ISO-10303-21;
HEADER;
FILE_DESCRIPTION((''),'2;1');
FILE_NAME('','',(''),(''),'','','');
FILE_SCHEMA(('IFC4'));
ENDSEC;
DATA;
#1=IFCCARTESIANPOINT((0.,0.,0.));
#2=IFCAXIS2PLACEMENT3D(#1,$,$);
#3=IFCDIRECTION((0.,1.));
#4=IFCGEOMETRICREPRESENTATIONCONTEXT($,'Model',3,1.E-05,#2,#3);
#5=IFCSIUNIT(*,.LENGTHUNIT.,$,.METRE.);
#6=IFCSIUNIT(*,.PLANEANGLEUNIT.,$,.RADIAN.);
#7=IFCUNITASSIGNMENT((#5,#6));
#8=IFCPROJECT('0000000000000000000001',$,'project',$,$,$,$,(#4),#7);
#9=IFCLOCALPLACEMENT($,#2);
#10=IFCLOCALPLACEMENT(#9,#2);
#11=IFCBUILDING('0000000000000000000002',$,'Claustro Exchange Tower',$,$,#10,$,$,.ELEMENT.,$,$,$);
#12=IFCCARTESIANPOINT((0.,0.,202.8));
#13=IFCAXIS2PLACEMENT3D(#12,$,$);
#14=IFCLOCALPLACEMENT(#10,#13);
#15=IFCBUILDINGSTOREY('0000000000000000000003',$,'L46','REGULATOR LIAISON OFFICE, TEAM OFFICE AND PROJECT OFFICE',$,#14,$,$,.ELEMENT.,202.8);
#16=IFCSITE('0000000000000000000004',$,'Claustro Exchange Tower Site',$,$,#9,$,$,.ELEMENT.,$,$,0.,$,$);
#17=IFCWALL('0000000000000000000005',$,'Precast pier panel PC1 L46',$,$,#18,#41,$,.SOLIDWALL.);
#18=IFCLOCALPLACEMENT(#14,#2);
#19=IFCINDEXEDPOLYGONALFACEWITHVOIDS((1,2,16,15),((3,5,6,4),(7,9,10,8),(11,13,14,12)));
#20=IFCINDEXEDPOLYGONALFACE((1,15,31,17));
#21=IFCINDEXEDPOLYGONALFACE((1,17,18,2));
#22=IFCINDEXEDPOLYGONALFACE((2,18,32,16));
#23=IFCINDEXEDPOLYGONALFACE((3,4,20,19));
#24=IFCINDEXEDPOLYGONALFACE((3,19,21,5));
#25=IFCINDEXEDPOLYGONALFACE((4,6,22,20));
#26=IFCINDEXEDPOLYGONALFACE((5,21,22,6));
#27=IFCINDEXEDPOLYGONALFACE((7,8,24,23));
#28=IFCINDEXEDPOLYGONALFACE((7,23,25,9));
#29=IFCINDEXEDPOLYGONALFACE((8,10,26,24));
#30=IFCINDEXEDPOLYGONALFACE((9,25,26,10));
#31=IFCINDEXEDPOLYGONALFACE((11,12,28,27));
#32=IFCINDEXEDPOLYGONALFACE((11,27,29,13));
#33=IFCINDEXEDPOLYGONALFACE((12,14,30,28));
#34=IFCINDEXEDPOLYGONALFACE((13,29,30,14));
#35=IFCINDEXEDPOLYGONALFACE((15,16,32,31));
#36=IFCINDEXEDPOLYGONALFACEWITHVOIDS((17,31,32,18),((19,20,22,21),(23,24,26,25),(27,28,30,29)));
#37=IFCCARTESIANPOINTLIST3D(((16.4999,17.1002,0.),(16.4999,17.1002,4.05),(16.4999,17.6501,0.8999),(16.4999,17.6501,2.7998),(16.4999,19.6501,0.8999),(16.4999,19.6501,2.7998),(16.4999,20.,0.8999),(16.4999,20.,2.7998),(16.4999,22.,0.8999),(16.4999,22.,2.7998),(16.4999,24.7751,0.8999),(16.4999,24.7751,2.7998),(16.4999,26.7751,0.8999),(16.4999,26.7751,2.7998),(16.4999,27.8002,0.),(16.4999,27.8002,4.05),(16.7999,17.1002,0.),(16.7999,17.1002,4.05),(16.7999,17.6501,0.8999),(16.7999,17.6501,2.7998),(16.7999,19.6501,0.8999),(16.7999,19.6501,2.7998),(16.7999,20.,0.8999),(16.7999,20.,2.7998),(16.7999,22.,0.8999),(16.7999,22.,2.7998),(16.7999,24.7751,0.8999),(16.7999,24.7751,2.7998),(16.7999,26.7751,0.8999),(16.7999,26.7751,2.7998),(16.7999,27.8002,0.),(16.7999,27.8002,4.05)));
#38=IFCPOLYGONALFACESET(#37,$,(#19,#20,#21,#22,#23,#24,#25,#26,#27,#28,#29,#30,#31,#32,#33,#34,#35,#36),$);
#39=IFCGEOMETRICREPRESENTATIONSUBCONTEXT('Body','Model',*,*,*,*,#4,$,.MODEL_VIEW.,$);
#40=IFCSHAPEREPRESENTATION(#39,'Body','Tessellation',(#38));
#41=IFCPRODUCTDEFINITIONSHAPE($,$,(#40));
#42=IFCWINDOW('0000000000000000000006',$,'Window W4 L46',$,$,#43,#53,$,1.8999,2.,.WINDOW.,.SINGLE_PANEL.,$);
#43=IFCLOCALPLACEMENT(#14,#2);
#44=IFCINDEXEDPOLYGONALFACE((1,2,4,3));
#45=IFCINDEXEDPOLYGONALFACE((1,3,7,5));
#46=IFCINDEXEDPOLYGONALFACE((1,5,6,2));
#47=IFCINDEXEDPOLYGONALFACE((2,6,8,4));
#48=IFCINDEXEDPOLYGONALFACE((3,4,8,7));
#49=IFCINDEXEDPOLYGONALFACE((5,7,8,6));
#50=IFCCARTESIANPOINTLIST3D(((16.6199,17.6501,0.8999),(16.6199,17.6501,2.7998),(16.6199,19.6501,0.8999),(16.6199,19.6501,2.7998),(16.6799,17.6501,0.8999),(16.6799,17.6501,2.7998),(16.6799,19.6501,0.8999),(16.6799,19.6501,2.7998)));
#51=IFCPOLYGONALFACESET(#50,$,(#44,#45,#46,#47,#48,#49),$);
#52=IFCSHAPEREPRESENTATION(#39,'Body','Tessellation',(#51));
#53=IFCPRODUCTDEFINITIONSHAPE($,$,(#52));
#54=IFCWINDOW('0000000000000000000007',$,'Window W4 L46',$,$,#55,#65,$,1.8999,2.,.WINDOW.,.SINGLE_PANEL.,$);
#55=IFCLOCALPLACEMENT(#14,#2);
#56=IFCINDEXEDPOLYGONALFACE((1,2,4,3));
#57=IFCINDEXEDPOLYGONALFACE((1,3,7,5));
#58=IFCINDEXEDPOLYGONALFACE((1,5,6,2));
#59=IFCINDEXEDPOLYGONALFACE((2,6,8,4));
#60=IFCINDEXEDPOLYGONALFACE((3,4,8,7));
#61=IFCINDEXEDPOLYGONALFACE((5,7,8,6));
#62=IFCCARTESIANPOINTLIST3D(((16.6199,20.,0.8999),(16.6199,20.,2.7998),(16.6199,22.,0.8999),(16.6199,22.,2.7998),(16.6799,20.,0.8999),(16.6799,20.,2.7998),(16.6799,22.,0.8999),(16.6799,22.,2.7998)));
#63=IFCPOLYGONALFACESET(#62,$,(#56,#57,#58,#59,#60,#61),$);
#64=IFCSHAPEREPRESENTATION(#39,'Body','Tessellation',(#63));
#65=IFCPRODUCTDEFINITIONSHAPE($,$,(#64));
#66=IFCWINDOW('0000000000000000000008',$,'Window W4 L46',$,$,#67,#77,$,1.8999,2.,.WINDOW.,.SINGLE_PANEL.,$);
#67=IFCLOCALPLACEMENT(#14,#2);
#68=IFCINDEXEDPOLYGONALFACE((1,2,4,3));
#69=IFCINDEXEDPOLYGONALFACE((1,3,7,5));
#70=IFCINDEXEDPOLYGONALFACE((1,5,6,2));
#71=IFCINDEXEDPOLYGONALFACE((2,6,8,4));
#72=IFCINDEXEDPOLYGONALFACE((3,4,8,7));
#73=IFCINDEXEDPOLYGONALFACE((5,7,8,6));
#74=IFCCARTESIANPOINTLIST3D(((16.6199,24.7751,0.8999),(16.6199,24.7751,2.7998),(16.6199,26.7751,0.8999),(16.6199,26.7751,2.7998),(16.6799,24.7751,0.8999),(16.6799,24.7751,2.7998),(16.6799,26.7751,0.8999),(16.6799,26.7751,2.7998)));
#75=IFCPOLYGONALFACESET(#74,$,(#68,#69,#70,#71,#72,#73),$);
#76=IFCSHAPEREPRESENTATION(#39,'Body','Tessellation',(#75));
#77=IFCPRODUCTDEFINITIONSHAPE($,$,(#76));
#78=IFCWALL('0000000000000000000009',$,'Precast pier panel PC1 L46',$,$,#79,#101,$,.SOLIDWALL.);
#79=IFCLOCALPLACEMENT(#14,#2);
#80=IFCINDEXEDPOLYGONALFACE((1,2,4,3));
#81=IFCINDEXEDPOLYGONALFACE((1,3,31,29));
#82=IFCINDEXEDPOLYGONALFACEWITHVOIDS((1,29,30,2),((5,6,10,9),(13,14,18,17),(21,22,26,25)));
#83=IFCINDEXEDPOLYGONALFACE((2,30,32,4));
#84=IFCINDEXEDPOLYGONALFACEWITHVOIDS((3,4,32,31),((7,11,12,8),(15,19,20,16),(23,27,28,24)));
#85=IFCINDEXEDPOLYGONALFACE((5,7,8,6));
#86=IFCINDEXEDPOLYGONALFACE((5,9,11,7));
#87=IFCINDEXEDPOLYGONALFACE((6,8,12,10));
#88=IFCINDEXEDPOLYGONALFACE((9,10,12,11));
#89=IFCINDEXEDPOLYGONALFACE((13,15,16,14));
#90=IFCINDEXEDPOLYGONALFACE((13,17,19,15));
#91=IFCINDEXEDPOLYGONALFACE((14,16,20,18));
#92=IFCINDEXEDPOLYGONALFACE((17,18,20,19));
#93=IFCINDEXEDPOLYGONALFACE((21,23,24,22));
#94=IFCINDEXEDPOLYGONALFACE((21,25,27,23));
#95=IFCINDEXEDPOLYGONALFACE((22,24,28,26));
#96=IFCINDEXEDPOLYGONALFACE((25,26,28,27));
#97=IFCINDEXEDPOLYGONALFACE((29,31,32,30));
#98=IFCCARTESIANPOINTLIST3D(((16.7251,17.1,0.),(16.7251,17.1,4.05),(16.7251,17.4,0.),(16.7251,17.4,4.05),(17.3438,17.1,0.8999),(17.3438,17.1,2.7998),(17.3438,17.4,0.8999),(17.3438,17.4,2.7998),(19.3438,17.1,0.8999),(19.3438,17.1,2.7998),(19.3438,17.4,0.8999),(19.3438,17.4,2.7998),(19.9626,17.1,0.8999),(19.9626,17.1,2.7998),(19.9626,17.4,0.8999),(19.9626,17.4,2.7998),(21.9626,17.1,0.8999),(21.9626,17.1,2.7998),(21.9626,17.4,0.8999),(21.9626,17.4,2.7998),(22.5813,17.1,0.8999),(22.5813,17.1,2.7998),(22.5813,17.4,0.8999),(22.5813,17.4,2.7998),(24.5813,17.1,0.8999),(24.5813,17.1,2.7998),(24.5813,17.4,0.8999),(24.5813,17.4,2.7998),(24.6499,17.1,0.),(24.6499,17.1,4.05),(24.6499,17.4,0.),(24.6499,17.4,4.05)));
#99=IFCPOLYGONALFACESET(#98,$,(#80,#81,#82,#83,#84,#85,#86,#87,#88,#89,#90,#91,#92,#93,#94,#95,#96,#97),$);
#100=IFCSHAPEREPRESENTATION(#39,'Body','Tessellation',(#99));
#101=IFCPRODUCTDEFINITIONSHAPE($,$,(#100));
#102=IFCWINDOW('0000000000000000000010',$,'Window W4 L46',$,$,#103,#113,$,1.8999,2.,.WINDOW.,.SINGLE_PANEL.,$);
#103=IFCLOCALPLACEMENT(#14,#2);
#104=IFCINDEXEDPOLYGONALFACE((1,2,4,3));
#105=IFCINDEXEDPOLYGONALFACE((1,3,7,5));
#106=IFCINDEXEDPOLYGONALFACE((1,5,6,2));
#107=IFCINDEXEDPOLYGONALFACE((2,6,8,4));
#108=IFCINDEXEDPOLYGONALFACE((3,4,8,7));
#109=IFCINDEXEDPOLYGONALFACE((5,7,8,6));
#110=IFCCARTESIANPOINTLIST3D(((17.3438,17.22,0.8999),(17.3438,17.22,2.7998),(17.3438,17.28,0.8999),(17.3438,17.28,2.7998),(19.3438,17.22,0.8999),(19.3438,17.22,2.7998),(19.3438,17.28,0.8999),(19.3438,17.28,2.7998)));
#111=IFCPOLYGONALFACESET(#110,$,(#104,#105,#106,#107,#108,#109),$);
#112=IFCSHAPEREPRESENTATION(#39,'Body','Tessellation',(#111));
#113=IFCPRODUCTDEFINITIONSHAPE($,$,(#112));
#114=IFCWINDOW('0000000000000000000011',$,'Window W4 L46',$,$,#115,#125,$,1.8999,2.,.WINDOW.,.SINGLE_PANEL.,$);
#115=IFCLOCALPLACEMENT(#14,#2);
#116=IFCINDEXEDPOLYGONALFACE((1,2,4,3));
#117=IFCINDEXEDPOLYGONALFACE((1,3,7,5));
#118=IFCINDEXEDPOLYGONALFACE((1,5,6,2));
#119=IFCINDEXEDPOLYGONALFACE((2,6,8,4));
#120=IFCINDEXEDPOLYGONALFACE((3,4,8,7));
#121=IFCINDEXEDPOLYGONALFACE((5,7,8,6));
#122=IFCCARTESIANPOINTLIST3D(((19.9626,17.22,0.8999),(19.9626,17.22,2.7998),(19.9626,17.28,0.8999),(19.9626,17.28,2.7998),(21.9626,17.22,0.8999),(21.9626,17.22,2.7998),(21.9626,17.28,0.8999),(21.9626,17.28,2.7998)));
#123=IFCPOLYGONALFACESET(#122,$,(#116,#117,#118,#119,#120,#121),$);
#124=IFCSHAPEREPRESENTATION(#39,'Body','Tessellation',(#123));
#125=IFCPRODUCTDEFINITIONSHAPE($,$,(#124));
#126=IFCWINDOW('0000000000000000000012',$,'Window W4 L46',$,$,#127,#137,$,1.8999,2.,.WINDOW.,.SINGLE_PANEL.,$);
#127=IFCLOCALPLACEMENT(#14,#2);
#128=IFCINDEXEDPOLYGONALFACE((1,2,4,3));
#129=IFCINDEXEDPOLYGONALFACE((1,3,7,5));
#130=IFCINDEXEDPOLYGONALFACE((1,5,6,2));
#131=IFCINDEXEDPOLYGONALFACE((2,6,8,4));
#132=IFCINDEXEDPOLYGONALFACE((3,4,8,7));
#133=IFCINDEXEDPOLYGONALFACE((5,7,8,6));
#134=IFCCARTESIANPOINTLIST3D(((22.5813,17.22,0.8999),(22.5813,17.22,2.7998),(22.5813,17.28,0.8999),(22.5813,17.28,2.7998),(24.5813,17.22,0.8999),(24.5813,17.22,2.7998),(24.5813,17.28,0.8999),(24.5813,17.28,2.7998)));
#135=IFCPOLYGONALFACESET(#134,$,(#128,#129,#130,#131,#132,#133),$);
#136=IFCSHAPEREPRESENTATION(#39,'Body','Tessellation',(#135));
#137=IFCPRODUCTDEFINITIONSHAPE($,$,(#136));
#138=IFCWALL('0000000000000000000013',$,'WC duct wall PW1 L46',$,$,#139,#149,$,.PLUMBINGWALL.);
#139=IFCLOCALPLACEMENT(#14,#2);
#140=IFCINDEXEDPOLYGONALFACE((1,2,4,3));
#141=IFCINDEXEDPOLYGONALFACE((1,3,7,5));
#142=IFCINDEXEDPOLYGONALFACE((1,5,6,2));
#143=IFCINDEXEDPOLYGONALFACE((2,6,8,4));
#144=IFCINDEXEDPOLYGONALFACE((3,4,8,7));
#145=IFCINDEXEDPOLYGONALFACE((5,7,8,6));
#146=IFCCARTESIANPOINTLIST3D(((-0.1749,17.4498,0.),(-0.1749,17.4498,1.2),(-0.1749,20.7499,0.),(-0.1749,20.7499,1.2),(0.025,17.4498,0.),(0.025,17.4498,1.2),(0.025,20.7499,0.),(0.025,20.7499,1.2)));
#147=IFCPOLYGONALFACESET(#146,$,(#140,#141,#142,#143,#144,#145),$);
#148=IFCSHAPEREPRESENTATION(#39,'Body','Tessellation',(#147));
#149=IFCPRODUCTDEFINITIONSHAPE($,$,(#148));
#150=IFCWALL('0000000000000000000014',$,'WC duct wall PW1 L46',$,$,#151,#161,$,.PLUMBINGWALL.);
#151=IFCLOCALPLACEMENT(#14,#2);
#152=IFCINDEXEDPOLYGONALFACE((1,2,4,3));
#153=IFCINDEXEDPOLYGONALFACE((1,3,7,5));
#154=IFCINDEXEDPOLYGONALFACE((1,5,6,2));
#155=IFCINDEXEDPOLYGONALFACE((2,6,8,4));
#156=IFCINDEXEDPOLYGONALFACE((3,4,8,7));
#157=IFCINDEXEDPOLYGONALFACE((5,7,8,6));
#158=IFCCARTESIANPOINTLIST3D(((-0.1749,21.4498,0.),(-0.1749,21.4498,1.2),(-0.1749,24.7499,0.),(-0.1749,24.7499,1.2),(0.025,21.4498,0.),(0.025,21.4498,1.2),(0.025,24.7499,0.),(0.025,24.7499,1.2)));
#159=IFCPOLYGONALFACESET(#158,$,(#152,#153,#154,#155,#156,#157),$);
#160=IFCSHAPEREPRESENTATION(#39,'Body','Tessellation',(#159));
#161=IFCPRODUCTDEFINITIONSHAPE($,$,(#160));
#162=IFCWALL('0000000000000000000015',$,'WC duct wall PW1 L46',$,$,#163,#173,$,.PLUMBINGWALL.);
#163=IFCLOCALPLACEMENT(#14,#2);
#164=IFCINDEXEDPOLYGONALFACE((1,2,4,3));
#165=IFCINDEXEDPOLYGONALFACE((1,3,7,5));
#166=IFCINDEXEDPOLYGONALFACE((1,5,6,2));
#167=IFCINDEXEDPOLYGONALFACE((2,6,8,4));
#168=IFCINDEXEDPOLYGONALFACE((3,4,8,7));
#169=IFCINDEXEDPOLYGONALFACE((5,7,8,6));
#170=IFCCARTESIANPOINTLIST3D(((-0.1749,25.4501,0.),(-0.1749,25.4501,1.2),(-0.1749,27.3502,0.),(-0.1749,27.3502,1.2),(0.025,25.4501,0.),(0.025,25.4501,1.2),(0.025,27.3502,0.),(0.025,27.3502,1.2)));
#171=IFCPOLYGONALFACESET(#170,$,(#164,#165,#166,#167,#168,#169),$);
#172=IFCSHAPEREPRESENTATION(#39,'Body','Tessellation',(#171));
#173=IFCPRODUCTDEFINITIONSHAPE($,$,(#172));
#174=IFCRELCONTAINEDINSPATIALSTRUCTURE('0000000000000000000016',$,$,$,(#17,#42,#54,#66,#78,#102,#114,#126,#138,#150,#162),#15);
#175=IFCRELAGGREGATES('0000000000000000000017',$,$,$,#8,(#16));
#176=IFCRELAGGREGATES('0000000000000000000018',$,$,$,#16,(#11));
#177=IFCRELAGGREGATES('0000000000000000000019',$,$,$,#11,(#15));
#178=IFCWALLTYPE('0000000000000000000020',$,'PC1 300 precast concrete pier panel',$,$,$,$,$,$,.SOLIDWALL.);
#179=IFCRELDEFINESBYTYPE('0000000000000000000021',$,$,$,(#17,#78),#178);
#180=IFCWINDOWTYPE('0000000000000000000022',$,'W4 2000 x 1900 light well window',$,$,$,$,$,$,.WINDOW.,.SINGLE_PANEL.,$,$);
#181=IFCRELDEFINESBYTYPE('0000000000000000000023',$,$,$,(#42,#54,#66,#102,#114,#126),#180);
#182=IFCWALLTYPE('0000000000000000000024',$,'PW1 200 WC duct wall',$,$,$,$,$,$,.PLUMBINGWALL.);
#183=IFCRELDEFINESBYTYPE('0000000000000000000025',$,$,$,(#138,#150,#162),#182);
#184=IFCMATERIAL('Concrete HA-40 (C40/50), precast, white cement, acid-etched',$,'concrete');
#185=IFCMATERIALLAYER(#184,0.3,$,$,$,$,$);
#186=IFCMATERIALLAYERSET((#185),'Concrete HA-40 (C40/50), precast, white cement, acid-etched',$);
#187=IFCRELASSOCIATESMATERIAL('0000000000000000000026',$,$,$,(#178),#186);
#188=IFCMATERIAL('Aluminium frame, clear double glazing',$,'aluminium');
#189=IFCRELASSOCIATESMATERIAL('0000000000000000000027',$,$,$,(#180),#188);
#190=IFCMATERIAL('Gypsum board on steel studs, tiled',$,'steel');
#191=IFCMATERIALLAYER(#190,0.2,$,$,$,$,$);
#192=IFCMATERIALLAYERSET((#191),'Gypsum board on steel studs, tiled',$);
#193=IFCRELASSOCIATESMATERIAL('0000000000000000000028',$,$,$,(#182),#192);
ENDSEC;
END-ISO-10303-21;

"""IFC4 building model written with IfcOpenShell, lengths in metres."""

from ifc_helpers import new_model, si_unit, direction, frame, frame_2d, origin, place, context, subcontext, project, spatial, rectangle, extrude, material, layer, layer_set, type_object, element, fill, save


model = new_model("IFC4")

# Units and contexts
model_context = context("Model", 3, precision=1e-05, world=origin(), true_north=direction((0.0, 1.0)))
body_context = subcontext(model_context, "Body", "Model", "MODEL_VIEW")
ifc_project = project(units=[si_unit("LENGTHUNIT", "METRE"), si_unit("PLANEANGLEUNIT", "RADIAN")], contexts=[model_context])

# Site, building, storey
site_placement = place(None, origin())
site = spatial("IfcSite", under=ifc_project, at=site_placement, Name="Claustro Exchange Tower Site", CompositionType="ELEMENT", RefElevation=0.0)
building_placement = place(site_placement, origin())
building = spatial("IfcBuilding", under=site, at=building_placement, Name="Claustro Exchange Tower", CompositionType="ELEMENT")
storey_placement = place(building_placement, frame((0.0, 0.0, 202.8)))
storey = spatial("IfcBuildingStorey", under=building, at=storey_placement, Name="L46", Description="REGULATOR LIAISON OFFICE, TEAM OFFICE AND PROJECT OFFICE", CompositionType="ELEMENT", Elevation=202.8)

# Walls, openings, windows
ifc_material_1 = material(Name="Concrete HA-40 (C40/50), precast, white cement, acid-etched", Category="concrete")
ifc_layer_1 = layer(ifc_material_1, 0.3)
ifc_layer_set_1 = layer_set([ifc_layer_1], Name="Concrete HA-40 (C40/50), precast, white cement, acid-etched")
wall_type_1 = type_object("IfcWallType", Name="PC1 300 precast concrete pier panel", PredefinedType="SOLIDWALL", material=ifc_layer_set_1)
wall_1_placement = place(storey_placement, frame((16.6499, 17.1001, 0.0), z_axis=(0.0, 0.0, 1.0), x_axis=(0.0, 1.0, 0.0)))
wall_1 = element("IfcWall", 1, at=wall_1_placement, inside=storey, type_object=wall_type_1, Name="Precast pier panel PC1 L46", PredefinedType="SOLIDWALL", context=body_context, shape_type="SweptSolid", body=[
    extrude(rectangle(XDim=10.7, YDim=0.3, at=frame_2d((5.3501, 0.0))), origin(), (0.0, 0.0, 1.0), 4.05),
])
opening_1_placement = place(wall_1_placement, frame((0.55, 0.0, 0.8999)))
opening_1 = element("IfcOpeningElement", 2, at=opening_1_placement, cuts=wall_1, PredefinedType="OPENING", context=body_context, shape_type="SweptSolid", body=[
    extrude(rectangle(XDim=2.0, YDim=1.8999, at=frame_2d((1.0, 0.95))), frame((0.0, 0.1599, 0.0), z_axis=(0.0, -1.0, 0.0), x_axis=(1.0, 0.0, 0.0)), (0.0, 0.0, 1.0), 0.3201),
])
opening_2_placement = place(wall_1_placement, frame((2.8999, 0.0, 0.8999)))
opening_2 = element("IfcOpeningElement", 3, at=opening_2_placement, cuts=wall_1, PredefinedType="OPENING", context=body_context, shape_type="SweptSolid", body=[
    extrude(rectangle(XDim=2.0, YDim=1.8999, at=frame_2d((1.0, 0.95))), frame((0.0, 0.1599, 0.0), z_axis=(0.0, -1.0, 0.0), x_axis=(1.0, 0.0, 0.0)), (0.0, 0.0, 1.0), 0.3201),
])
opening_3_placement = place(wall_1_placement, frame((7.675, 0.0, 0.8999)))
opening_3 = element("IfcOpeningElement", 4, at=opening_3_placement, cuts=wall_1, PredefinedType="OPENING", context=body_context, shape_type="SweptSolid", body=[
    extrude(rectangle(XDim=2.0, YDim=1.8999, at=frame_2d((1.0, 0.95))), frame((0.0, 0.1599, 0.0), z_axis=(0.0, -1.0, 0.0), x_axis=(1.0, 0.0, 0.0)), (0.0, 0.0, 1.0), 0.3201),
])
ifc_material_2 = material(Name="Aluminium frame, clear double glazing", Category="aluminium")
window_type = type_object("IfcWindowType", Name="W4 2000 x 1900 light well window", PartitioningType="SINGLE_PANEL", PredefinedType="WINDOW", material=ifc_material_2)
window_1_placement = place(opening_1_placement, origin())
window_1 = element("IfcWindow", 5, at=window_1_placement, inside=storey, type_object=window_type, Name="Window W4 L46", OverallHeight=1.8999, OverallWidth=2.0, PartitioningType="SINGLE_PANEL", PredefinedType="WINDOW", context=body_context, shape_type="SweptSolid", body=[
    extrude(rectangle(XDim=2.0, YDim=1.8999, at=frame_2d((1.0, 0.95))), frame((0.0, 0.03, 0.0), z_axis=(0.0, -1.0, 0.0), x_axis=(1.0, 0.0, 0.0)), (0.0, 0.0, 1.0), 0.0601),
])
fill(opening_1, window_1)
window_2_placement = place(opening_2_placement, origin())
window_2 = element("IfcWindow", 6, at=window_2_placement, inside=storey, type_object=window_type, Name="Window W4 L46", OverallHeight=1.8999, OverallWidth=2.0, PartitioningType="SINGLE_PANEL", PredefinedType="WINDOW", context=body_context, shape_type="SweptSolid", body=[
    extrude(rectangle(XDim=2.0, YDim=1.8999, at=frame_2d((1.0, 0.95))), frame((0.0, 0.03, 0.0), z_axis=(0.0, -1.0, 0.0), x_axis=(1.0, 0.0, 0.0)), (0.0, 0.0, 1.0), 0.0601),
])
fill(opening_2, window_2)
window_3_placement = place(opening_3_placement, origin())
window_3 = element("IfcWindow", 7, at=window_3_placement, inside=storey, type_object=window_type, Name="Window W4 L46", OverallHeight=1.8999, OverallWidth=2.0, PartitioningType="SINGLE_PANEL", PredefinedType="WINDOW", context=body_context, shape_type="SweptSolid", body=[
    extrude(rectangle(XDim=2.0, YDim=1.8999, at=frame_2d((1.0, 0.95))), frame((0.0, 0.03, 0.0), z_axis=(0.0, -1.0, 0.0), x_axis=(1.0, 0.0, 0.0)), (0.0, 0.0, 1.0), 0.0601),
])
fill(opening_3, window_3)
wall_2_placement = place(storey_placement, frame((16.7251, 17.25, 0.0), z_axis=(0.0, 0.0, 1.0), x_axis=(1.0, 0.0, 0.0)))
wall_2 = element("IfcWall", 8, at=wall_2_placement, inside=storey, type_object=wall_type_1, Name="Precast pier panel PC1 L46", PredefinedType="SOLIDWALL", context=body_context, shape_type="SweptSolid", body=[
    extrude(rectangle(XDim=7.9248, YDim=0.3, at=frame_2d((3.9624, 0.0))), origin(), (0.0, 0.0, 1.0), 4.05),
])
opening_4_placement = place(wall_2_placement, frame((0.6187, 0.0, 0.8999)))
opening_4 = element("IfcOpeningElement", 9, at=opening_4_placement, cuts=wall_2, PredefinedType="OPENING", context=body_context, shape_type="SweptSolid", body=[
    extrude(rectangle(XDim=2.0, YDim=1.8999, at=frame_2d((1.0, 0.95))), frame((0.0, 0.1599, 0.0), z_axis=(0.0, -1.0, 0.0), x_axis=(1.0, 0.0, 0.0)), (0.0, 0.0, 1.0), 0.3201),
])
opening_5_placement = place(wall_2_placement, frame((3.2375, 0.0, 0.8999)))
opening_5 = element("IfcOpeningElement", 10, at=opening_5_placement, cuts=wall_2, PredefinedType="OPENING", context=body_context, shape_type="SweptSolid", body=[
    extrude(rectangle(XDim=2.0, YDim=1.8999, at=frame_2d((1.0, 0.95))), frame((0.0, 0.1599, 0.0), z_axis=(0.0, -1.0, 0.0), x_axis=(1.0, 0.0, 0.0)), (0.0, 0.0, 1.0), 0.3201),
])
opening_6_placement = place(wall_2_placement, frame((5.8562, 0.0, 0.8999)))
opening_6 = element("IfcOpeningElement", 11, at=opening_6_placement, cuts=wall_2, PredefinedType="OPENING", context=body_context, shape_type="SweptSolid", body=[
    extrude(rectangle(XDim=2.0, YDim=1.8999, at=frame_2d((1.0, 0.95))), frame((0.0, 0.1599, 0.0), z_axis=(0.0, -1.0, 0.0), x_axis=(1.0, 0.0, 0.0)), (0.0, 0.0, 1.0), 0.3201),
])
window_4_placement = place(opening_4_placement, origin())
window_4 = element("IfcWindow", 12, at=window_4_placement, inside=storey, type_object=window_type, Name="Window W4 L46", OverallHeight=1.8999, OverallWidth=2.0, PartitioningType="SINGLE_PANEL", PredefinedType="WINDOW", context=body_context, shape_type="SweptSolid", body=[
    extrude(rectangle(XDim=2.0, YDim=1.8999, at=frame_2d((1.0, 0.95))), frame((0.0, 0.03, 0.0), z_axis=(0.0, -1.0, 0.0), x_axis=(1.0, 0.0, 0.0)), (0.0, 0.0, 1.0), 0.0601),
])
fill(opening_4, window_4)
window_5_placement = place(opening_5_placement, origin())
window_5 = element("IfcWindow", 13, at=window_5_placement, inside=storey, type_object=window_type, Name="Window W4 L46", OverallHeight=1.8999, OverallWidth=2.0, PartitioningType="SINGLE_PANEL", PredefinedType="WINDOW", context=body_context, shape_type="SweptSolid", body=[
    extrude(rectangle(XDim=2.0, YDim=1.8999, at=frame_2d((1.0, 0.95))), frame((0.0, 0.03, 0.0), z_axis=(0.0, -1.0, 0.0), x_axis=(1.0, 0.0, 0.0)), (0.0, 0.0, 1.0), 0.0601),
])
fill(opening_5, window_5)
window_6_placement = place(opening_6_placement, origin())
window_6 = element("IfcWindow", 14, at=window_6_placement, inside=storey, type_object=window_type, Name="Window W4 L46", OverallHeight=1.8999, OverallWidth=2.0, PartitioningType="SINGLE_PANEL", PredefinedType="WINDOW", context=body_context, shape_type="SweptSolid", body=[
    extrude(rectangle(XDim=2.0, YDim=1.8999, at=frame_2d((1.0, 0.95))), frame((0.0, 0.03, 0.0), z_axis=(0.0, -1.0, 0.0), x_axis=(1.0, 0.0, 0.0)), (0.0, 0.0, 1.0), 0.0601),
])
fill(opening_6, window_6)

# Walls
ifc_material_3 = material(Name="Gypsum board on steel studs, tiled", Category="steel")
ifc_layer_2 = layer(ifc_material_3, 0.2)
ifc_layer_set_2 = layer_set([ifc_layer_2], Name="Gypsum board on steel studs, tiled")
wall_type_2 = type_object("IfcWallType", Name="PW1 200 WC duct wall", PredefinedType="PLUMBINGWALL", material=ifc_layer_set_2)
for number, where, z_axis, x_axis, name in (
    (15, (-0.075, 17.45, 0.0), (0.0, 0.0, 1.0), (0.0, 1.0, 0.0), "WC duct wall PW1 L46"),
    (16, (-0.075, 21.45, 0.0), (0.0, 0.0, 1.0), (0.0, 1.0, 0.0), "WC duct wall PW1 L46"),
):
    element("IfcWall", number, at=place(storey_placement, frame(where, z_axis=z_axis, x_axis=x_axis)), inside=storey, type_object=wall_type_2, Name=name, PredefinedType="PLUMBINGWALL", context=body_context, shape_type="SweptSolid", body=[
        extrude(rectangle(XDim=3.3, YDim=0.2, at=frame_2d((1.6499, 0.0))), origin(), (0.0, 0.0, 1.0), 1.2),
    ])
wall_3_placement = place(storey_placement, frame((-0.075, 25.45, 0.0), z_axis=(0.0, 0.0, 1.0), x_axis=(0.0, 1.0, 0.0)))
element("IfcWall", 17, at=wall_3_placement, inside=storey, type_object=wall_type_2, Name="WC duct wall PW1 L46", PredefinedType="PLUMBINGWALL", context=body_context, shape_type="SweptSolid", body=[
    extrude(rectangle(XDim=1.9001, YDim=0.2, at=frame_2d((0.9502, 0.0))), origin(), (0.0, 0.0, 1.0), 1.2),
])

save(model, "model.ifc")
